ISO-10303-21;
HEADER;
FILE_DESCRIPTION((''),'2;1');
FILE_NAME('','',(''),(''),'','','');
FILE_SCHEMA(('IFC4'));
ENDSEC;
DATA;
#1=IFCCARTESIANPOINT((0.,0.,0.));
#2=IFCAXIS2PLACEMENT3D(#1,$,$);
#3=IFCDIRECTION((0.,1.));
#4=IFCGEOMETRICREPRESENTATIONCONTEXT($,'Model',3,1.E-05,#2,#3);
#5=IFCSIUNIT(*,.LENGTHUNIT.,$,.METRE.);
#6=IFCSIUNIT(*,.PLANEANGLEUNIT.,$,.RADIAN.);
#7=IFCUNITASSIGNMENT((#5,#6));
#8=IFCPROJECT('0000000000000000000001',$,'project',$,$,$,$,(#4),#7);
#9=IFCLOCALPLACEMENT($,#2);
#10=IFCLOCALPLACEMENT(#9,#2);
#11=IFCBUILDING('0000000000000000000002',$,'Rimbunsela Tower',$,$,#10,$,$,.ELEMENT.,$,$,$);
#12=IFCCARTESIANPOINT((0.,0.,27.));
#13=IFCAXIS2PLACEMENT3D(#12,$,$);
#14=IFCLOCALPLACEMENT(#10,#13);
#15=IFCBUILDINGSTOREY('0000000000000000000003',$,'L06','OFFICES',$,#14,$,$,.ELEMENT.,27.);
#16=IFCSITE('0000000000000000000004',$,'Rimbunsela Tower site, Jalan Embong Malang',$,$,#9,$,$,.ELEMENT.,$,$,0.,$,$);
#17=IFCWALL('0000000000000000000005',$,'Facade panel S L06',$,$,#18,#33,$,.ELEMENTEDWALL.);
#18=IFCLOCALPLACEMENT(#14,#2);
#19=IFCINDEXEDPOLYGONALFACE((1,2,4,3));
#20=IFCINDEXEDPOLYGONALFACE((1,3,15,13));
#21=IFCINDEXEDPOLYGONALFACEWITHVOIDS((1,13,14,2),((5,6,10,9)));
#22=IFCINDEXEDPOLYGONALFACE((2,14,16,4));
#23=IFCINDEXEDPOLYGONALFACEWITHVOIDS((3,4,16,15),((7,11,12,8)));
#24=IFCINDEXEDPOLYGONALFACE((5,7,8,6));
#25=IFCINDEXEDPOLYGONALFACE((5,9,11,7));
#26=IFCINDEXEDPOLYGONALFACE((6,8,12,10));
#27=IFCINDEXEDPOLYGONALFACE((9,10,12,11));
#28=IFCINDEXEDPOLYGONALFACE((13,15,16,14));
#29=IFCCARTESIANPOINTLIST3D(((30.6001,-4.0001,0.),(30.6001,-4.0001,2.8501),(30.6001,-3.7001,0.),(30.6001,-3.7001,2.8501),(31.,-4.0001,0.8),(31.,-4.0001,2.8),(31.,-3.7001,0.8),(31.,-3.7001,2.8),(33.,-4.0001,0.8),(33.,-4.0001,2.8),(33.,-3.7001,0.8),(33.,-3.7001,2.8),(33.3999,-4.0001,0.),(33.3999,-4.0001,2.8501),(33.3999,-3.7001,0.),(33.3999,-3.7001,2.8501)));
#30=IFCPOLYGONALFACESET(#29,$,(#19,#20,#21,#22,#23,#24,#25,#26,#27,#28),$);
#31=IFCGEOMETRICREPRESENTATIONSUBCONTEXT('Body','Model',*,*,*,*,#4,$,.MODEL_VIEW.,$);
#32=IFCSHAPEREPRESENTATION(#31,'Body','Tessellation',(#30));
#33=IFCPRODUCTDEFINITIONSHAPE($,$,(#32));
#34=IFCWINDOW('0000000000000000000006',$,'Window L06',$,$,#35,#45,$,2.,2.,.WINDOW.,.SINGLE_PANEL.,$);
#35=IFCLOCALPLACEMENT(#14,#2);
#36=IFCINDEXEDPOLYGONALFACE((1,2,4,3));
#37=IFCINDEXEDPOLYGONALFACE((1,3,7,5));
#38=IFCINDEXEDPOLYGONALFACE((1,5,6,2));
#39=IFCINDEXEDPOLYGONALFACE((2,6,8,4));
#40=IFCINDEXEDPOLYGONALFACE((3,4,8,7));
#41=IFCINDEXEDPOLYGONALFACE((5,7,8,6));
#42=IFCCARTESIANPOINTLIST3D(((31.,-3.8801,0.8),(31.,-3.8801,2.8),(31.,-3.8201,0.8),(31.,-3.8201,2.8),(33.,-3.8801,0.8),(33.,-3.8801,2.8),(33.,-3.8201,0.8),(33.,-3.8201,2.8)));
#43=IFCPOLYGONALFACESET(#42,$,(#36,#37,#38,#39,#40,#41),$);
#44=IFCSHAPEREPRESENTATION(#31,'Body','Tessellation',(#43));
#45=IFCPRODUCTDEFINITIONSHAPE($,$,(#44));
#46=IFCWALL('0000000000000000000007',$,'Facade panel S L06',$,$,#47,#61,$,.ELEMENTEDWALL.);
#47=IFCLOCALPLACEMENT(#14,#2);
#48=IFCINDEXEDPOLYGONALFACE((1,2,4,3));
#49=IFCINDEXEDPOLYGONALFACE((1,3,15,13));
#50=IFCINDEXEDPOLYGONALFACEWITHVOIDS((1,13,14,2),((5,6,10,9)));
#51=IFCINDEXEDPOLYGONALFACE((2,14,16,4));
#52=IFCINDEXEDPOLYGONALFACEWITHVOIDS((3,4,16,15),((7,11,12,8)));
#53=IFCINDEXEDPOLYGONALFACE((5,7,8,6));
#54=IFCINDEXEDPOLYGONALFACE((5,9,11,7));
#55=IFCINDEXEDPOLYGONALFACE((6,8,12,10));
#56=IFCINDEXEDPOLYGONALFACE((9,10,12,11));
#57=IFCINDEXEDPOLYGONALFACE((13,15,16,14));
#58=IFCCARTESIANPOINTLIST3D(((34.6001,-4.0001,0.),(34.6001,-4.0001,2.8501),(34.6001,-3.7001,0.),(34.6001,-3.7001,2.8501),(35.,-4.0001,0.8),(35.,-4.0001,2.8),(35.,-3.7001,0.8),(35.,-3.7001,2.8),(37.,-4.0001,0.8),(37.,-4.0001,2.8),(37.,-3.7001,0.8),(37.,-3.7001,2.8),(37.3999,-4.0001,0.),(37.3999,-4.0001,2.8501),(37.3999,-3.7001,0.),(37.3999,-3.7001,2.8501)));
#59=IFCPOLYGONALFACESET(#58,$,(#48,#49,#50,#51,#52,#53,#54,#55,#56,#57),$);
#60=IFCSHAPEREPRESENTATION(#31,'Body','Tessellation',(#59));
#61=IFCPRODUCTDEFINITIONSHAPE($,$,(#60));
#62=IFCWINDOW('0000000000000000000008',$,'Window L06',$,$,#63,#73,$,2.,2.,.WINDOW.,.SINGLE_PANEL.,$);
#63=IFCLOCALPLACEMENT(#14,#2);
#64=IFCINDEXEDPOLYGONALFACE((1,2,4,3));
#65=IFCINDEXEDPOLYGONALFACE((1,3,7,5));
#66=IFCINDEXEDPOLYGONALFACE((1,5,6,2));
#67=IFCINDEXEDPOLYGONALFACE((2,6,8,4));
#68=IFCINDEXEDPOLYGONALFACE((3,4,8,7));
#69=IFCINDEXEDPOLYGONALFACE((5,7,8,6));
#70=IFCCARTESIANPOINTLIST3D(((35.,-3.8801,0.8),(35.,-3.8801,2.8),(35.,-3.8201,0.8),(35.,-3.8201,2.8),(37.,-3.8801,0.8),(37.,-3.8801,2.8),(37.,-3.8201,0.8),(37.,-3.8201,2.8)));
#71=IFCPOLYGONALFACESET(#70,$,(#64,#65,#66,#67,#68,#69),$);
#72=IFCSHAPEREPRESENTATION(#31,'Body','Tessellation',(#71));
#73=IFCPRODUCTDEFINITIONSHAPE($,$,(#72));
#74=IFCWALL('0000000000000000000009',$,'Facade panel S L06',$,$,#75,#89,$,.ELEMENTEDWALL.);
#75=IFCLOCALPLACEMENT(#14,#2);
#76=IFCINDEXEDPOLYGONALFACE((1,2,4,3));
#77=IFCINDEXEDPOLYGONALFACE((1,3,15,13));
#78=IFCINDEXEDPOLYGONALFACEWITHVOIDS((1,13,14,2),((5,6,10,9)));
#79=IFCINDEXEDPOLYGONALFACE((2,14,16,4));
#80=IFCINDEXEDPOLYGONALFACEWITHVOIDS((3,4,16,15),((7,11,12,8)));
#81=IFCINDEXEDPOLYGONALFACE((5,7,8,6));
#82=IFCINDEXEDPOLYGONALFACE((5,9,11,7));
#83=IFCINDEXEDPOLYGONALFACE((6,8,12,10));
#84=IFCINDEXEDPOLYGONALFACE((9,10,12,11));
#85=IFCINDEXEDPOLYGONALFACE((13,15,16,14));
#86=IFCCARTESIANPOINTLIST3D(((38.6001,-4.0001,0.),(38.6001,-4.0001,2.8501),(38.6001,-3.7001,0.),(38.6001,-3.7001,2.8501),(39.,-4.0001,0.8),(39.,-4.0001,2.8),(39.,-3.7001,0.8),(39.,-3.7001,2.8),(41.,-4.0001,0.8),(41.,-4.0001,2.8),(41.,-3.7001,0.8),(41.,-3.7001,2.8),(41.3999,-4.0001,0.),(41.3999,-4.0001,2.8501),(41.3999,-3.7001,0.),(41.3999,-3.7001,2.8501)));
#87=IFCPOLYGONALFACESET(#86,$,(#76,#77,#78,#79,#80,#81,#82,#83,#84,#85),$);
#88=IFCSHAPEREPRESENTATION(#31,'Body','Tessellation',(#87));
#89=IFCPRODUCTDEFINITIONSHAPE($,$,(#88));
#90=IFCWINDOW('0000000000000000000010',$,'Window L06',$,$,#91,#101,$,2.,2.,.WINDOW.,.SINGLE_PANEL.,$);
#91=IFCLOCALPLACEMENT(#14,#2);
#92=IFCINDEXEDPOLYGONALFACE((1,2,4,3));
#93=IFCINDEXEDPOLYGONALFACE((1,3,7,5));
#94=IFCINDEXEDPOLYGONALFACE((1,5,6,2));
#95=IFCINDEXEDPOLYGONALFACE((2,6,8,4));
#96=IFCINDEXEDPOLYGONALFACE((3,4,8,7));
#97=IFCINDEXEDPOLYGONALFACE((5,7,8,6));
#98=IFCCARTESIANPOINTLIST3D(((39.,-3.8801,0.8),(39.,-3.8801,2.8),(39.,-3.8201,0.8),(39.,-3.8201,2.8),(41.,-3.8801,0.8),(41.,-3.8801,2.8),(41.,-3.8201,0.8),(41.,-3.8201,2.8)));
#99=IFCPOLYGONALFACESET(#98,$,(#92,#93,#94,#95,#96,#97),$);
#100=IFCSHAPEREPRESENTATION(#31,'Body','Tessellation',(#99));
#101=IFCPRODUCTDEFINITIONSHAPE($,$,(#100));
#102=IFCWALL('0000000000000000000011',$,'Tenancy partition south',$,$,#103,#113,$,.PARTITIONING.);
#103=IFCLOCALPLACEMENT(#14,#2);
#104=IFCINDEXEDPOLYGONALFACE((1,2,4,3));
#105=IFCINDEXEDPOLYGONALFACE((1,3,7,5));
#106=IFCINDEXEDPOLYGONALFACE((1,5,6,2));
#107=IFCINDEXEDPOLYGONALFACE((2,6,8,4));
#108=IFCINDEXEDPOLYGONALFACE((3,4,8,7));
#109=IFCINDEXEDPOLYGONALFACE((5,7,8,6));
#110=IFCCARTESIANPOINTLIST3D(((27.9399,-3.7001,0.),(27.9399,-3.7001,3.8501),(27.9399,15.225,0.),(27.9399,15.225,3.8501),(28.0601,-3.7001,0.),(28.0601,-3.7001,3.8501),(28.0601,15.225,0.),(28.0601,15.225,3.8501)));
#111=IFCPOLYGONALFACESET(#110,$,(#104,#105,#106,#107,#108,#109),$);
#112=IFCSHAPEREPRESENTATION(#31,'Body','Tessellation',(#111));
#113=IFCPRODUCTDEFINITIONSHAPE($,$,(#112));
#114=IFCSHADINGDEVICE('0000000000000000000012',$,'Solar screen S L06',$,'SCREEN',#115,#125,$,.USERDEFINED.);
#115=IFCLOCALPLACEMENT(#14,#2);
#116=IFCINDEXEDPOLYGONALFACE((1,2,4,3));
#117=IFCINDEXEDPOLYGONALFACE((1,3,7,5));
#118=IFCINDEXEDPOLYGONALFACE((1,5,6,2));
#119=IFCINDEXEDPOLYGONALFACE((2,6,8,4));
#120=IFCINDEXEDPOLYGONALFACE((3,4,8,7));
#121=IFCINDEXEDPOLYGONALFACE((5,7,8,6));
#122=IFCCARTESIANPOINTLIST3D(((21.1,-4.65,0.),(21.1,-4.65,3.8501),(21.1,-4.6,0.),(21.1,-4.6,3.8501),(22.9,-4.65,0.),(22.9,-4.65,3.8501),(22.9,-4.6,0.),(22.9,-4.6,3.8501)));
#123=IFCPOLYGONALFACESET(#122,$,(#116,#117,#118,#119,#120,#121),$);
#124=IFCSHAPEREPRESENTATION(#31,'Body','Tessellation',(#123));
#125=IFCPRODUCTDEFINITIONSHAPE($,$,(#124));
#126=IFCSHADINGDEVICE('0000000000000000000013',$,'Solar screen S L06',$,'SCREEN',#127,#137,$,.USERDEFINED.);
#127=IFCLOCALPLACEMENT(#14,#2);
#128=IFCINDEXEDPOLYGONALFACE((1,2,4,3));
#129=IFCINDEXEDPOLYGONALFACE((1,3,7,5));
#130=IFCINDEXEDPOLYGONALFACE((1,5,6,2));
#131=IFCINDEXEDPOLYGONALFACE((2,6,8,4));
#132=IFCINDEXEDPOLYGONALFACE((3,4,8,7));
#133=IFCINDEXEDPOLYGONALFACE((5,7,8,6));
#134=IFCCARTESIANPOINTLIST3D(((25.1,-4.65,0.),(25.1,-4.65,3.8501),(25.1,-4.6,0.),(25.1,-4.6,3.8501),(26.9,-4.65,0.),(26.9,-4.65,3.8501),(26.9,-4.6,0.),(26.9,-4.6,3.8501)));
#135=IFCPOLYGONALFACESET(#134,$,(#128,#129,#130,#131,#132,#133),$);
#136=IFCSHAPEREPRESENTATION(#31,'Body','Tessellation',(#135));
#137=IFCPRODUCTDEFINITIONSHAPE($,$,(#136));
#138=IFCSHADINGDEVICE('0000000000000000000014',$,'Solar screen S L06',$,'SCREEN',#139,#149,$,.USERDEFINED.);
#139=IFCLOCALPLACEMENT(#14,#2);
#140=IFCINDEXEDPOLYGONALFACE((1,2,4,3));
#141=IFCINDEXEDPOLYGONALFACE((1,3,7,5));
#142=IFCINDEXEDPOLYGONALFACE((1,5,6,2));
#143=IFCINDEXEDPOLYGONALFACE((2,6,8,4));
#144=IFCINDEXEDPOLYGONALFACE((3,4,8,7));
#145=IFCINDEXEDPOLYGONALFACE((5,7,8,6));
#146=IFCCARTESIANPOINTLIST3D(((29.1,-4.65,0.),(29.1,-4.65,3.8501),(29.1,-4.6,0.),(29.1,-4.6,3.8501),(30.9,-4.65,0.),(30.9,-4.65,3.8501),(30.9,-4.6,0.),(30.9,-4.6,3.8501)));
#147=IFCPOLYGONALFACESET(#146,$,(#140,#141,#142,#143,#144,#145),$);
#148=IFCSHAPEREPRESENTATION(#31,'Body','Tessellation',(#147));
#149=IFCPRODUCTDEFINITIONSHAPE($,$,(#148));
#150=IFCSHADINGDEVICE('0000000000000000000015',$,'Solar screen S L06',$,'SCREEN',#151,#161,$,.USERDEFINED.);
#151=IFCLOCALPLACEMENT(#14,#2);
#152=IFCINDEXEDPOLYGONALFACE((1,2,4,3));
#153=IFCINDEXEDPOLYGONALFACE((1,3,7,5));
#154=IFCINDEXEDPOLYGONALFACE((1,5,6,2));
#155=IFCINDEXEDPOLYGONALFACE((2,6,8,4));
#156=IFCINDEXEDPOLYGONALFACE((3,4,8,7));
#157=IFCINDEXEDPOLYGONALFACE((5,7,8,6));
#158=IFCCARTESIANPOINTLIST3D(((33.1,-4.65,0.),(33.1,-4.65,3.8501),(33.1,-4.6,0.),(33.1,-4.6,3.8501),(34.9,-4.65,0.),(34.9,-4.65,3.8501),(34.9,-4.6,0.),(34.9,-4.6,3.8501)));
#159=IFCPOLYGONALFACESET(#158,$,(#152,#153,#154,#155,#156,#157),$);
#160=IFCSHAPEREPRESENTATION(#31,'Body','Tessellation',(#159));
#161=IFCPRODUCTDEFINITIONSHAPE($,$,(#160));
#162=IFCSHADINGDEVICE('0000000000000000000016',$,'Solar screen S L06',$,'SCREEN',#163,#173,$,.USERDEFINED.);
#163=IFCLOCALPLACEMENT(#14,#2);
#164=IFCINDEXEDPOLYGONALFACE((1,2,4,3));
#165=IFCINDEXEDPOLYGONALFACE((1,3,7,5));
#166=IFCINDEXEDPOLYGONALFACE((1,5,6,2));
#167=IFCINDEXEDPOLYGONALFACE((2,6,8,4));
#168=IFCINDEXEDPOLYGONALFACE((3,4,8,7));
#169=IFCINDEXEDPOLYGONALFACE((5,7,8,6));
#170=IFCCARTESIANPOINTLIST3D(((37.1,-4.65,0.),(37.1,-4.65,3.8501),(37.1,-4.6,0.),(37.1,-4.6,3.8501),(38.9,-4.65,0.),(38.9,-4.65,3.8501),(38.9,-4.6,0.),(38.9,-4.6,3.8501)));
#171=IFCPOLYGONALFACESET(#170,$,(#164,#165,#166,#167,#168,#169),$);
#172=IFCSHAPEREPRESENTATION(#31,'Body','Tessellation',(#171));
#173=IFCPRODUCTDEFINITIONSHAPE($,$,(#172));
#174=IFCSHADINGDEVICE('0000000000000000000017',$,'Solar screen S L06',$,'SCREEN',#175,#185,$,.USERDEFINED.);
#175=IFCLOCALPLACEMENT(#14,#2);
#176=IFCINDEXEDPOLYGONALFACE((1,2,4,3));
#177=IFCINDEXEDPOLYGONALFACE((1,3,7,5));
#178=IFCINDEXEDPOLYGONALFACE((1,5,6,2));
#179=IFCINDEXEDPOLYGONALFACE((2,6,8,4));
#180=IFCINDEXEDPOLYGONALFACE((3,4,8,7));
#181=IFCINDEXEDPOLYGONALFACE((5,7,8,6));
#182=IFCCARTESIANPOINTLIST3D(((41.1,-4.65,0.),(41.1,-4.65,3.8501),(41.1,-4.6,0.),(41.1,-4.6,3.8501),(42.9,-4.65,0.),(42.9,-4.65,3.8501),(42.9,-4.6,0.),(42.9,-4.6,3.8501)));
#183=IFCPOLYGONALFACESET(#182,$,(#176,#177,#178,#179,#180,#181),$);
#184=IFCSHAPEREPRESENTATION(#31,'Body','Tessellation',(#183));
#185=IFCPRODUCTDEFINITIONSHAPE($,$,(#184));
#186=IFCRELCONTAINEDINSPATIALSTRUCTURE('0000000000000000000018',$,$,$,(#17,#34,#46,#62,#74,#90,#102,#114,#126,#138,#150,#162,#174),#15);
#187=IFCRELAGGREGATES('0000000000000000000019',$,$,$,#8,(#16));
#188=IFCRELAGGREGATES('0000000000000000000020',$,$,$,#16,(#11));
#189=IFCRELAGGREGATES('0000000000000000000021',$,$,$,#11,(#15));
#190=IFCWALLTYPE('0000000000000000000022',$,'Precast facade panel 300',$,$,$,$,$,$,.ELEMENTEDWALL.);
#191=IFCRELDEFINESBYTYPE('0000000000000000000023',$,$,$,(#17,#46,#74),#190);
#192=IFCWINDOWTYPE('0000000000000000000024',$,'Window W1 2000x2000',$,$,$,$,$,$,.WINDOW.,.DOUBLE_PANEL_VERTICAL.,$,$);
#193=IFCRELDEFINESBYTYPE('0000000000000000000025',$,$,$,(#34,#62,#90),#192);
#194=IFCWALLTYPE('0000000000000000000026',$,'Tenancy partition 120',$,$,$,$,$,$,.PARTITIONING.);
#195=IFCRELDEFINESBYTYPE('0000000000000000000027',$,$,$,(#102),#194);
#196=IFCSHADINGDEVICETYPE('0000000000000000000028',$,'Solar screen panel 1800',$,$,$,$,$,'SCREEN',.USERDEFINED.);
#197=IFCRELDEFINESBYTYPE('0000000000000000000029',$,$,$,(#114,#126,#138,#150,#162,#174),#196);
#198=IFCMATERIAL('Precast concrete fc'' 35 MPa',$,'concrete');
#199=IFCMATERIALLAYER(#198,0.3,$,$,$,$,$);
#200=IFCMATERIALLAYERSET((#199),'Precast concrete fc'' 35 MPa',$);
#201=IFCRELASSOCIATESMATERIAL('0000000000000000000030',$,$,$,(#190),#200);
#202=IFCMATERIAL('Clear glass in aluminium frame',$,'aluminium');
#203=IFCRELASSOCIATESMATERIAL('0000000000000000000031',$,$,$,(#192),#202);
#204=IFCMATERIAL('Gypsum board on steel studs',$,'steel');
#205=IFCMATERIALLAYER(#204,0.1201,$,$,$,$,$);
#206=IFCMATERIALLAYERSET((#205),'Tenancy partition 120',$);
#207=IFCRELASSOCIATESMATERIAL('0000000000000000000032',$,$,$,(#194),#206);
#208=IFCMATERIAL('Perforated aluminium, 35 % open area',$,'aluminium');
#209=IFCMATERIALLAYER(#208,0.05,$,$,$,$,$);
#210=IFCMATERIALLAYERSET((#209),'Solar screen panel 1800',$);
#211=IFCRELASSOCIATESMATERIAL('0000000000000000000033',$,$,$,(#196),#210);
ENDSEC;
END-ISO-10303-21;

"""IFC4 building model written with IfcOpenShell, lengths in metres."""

from ifc_helpers import new_model, si_unit, direction, frame, frame_2d, origin, origin_2d, place, context, subcontext, project, spatial, rectangle, extrude, material, layer, layer_set, type_object, element, fill, save


model = new_model("IFC4")

# Units and contexts
model_context = context("Model", 3, precision=1e-05, world=origin(), true_north=direction((0.0, 1.0)))
body_context = subcontext(model_context, "Body", "Model", "MODEL_VIEW")
ifc_project = project(units=[si_unit("LENGTHUNIT", "METRE"), si_unit("PLANEANGLEUNIT", "RADIAN")], contexts=[model_context])

# Site, building, storey
site_placement = place(None, origin())
site = spatial("IfcSite", under=ifc_project, at=site_placement, Name="Rimbunsela Tower site, Jalan Embong Malang", CompositionType="ELEMENT", RefElevation=0.0)
building_placement = place(site_placement, origin())
building = spatial("IfcBuilding", under=site, at=building_placement, Name="Rimbunsela Tower", CompositionType="ELEMENT")
storey_placement = place(building_placement, frame((0.0, 0.0, 27.0)))
storey = spatial("IfcBuildingStorey", under=building, at=storey_placement, Name="L06", Description="OFFICES", CompositionType="ELEMENT", Elevation=27.0)

# Shared definitions
ifc_material_1 = material(Name="Precast concrete fc' 35 MPa", Category="concrete")
ifc_layer_1 = layer(ifc_material_1, 0.3)
ifc_layer_set_1 = layer_set([ifc_layer_1], Name="Precast concrete fc' 35 MPa")
wall_type_1 = type_object("IfcWallType", Name="Precast facade panel 300", PredefinedType="ELEMENTEDWALL", material=ifc_layer_set_1)
ifc_material_2 = material(Name="Clear glass in aluminium frame", Category="aluminium")
window_type_1 = type_object("IfcWindowType", Name="Window W1 2000x2000", PartitioningType="DOUBLE_PANEL_VERTICAL", PredefinedType="WINDOW", material=ifc_material_2)

# Walls, openings, windows
wall_1_placement = place(storey_placement, frame((30.6001, -3.8501, 0.0), z_axis=(0.0, 0.0, 1.0), x_axis=(1.0, 0.0, 0.0)))
wall_1 = element("IfcWall", 1, at=wall_1_placement, inside=storey, type_object=wall_type_1, Name="Facade panel S L06", PredefinedType="ELEMENTEDWALL", context=body_context, shape_type="SweptSolid", body=[
    extrude(rectangle(XDim=2.7998, YDim=0.3, at=frame_2d((1.3999, 0.0))), origin(), (0.0, 0.0, 1.0), 2.8501),
])
opening_1_placement = place(wall_1_placement, frame((0.3999, 0.0, 0.8)))
opening_1 = element("IfcOpeningElement", 2, at=opening_1_placement, cuts=wall_1, PredefinedType="OPENING", context=body_context, shape_type="SweptSolid", body=[
    extrude(rectangle(XDim=2.0, YDim=2.0, at=frame_2d((1.0, 1.0))), frame((0.0, 0.1599, 0.0), z_axis=(0.0, -1.0, 0.0), x_axis=(1.0, 0.0, 0.0)), (0.0, 0.0, 1.0), 0.3201),
])
window_1_placement = place(opening_1_placement, origin())
window_1 = element("IfcWindow", 3, at=window_1_placement, inside=storey, type_object=window_type_1, Name="Window L06", OverallHeight=2.0, OverallWidth=2.0, PartitioningType="SINGLE_PANEL", PredefinedType="WINDOW", context=body_context, shape_type="SweptSolid", body=[
    extrude(rectangle(XDim=2.0, YDim=2.0, at=frame_2d((1.0, 1.0))), frame((0.0, 0.03, 0.0), z_axis=(0.0, -1.0, 0.0), x_axis=(1.0, 0.0, 0.0)), (0.0, 0.0, 1.0), 0.0601),
])
fill(opening_1, window_1)
wall_2_placement = place(storey_placement, frame((34.6001, -3.8501, 0.0), z_axis=(0.0, 0.0, 1.0), x_axis=(1.0, 0.0, 0.0)))
wall_2 = element("IfcWall", 4, at=wall_2_placement, inside=storey, type_object=wall_type_1, Name="Facade panel S L06", PredefinedType="ELEMENTEDWALL", context=body_context, shape_type="SweptSolid", body=[
    extrude(rectangle(XDim=2.7998, YDim=0.3, at=frame_2d((1.3999, 0.0))), origin(), (0.0, 0.0, 1.0), 2.8501),
])
opening_2_placement = place(wall_2_placement, frame((0.3999, 0.0, 0.8)))
opening_2 = element("IfcOpeningElement", 5, at=opening_2_placement, cuts=wall_2, PredefinedType="OPENING", context=body_context, shape_type="SweptSolid", body=[
    extrude(rectangle(XDim=2.0, YDim=2.0, at=frame_2d((1.0, 1.0))), frame((0.0, 0.1599, 0.0), z_axis=(0.0, -1.0, 0.0), x_axis=(1.0, 0.0, 0.0)), (0.0, 0.0, 1.0), 0.3201),
])
window_2_placement = place(opening_2_placement, origin())
window_2 = element("IfcWindow", 6, at=window_2_placement, inside=storey, type_object=window_type_1, Name="Window L06", OverallHeight=2.0, OverallWidth=2.0, PartitioningType="SINGLE_PANEL", PredefinedType="WINDOW", context=body_context, shape_type="SweptSolid", body=[
    extrude(rectangle(XDim=2.0, YDim=2.0, at=frame_2d((1.0, 1.0))), frame((0.0, 0.03, 0.0), z_axis=(0.0, -1.0, 0.0), x_axis=(1.0, 0.0, 0.0)), (0.0, 0.0, 1.0), 0.0601),
])
fill(opening_2, window_2)
wall_3_placement = place(storey_placement, frame((38.6001, -3.8501, 0.0), z_axis=(0.0, 0.0, 1.0), x_axis=(1.0, 0.0, 0.0)))
wall_3 = element("IfcWall", 7, at=wall_3_placement, inside=storey, type_object=wall_type_1, Name="Facade panel S L06", PredefinedType="ELEMENTEDWALL", context=body_context, shape_type="SweptSolid", body=[
    extrude(rectangle(XDim=2.7998, YDim=0.3, at=frame_2d((1.3999, 0.0))), origin(), (0.0, 0.0, 1.0), 2.8501),
])
opening_3_placement = place(wall_3_placement, frame((0.3999, 0.0, 0.8)))
opening_3 = element("IfcOpeningElement", 8, at=opening_3_placement, cuts=wall_3, PredefinedType="OPENING", context=body_context, shape_type="SweptSolid", body=[
    extrude(rectangle(XDim=2.0, YDim=2.0, at=frame_2d((1.0, 1.0))), frame((0.0, 0.1599, 0.0), z_axis=(0.0, -1.0, 0.0), x_axis=(1.0, 0.0, 0.0)), (0.0, 0.0, 1.0), 0.3201),
])
window_3_placement = place(opening_3_placement, origin())
window_3 = element("IfcWindow", 9, at=window_3_placement, inside=storey, type_object=window_type_1, Name="Window L06", OverallHeight=2.0, OverallWidth=2.0, PartitioningType="SINGLE_PANEL", PredefinedType="WINDOW", context=body_context, shape_type="SweptSolid", body=[
    extrude(rectangle(XDim=2.0, YDim=2.0, at=frame_2d((1.0, 1.0))), frame((0.0, 0.03, 0.0), z_axis=(0.0, -1.0, 0.0), x_axis=(1.0, 0.0, 0.0)), (0.0, 0.0, 1.0), 0.0601),
])
fill(opening_3, window_3)

# Wall
ifc_material_3 = material(Name="Gypsum board on steel studs", Category="steel")
ifc_layer_2 = layer(ifc_material_3, 0.1201)
ifc_layer_set_2 = layer_set([ifc_layer_2], Name="Tenancy partition 120")
wall_type_2 = type_object("IfcWallType", Name="Tenancy partition 120", PredefinedType="PARTITIONING", material=ifc_layer_set_2)
wall_4_placement = place(storey_placement, frame((28.0, -3.7, 0.0), z_axis=(0.0, 0.0, 1.0), x_axis=(0.0, 1.0, 0.0)))
element("IfcWall", 10, at=wall_4_placement, inside=storey, type_object=wall_type_2, Name="Tenancy partition south", PredefinedType="PARTITIONING", context=body_context, shape_type="SweptSolid", body=[
    extrude(rectangle(XDim=18.925, YDim=0.1201, at=frame_2d((9.4624, 0.0))), origin(), (0.0, 0.0, 1.0), 3.8501),
])

# Shading devices
ifc_material_4 = material(Name="Perforated aluminium, 35 % open area", Category="aluminium")
ifc_layer_3 = layer(ifc_material_4, 0.05)
ifc_layer_set_3 = layer_set([ifc_layer_3], Name="Solar screen panel 1800")
shading_device_type = type_object("IfcShadingDeviceType", Name="Solar screen panel 1800", ElementType="SCREEN", PredefinedType="USERDEFINED", material=ifc_layer_set_3)
for number, where, z_axis, x_axis, name in (
    (11, (22.0, -4.625, 0.0), (0.0, 0.0, 1.0), (1.0, 0.0, 0.0), "Solar screen S L06"),
    (12, (26.0, -4.625, 0.0), (0.0, 0.0, 1.0), (1.0, 0.0, 0.0), "Solar screen S L06"),
    (13, (30.0, -4.625, 0.0), (0.0, 0.0, 1.0), (1.0, 0.0, 0.0), "Solar screen S L06"),
    (14, (34.0, -4.625, 0.0), (0.0, 0.0, 1.0), (1.0, 0.0, 0.0), "Solar screen S L06"),
    (15, (38.0, -4.625, 0.0), (0.0, 0.0, 1.0), (1.0, 0.0, 0.0), "Solar screen S L06"),
    (16, (42.0, -4.625, 0.0), (0.0, 0.0, 1.0), (1.0, 0.0, 0.0), "Solar screen S L06"),
):
    element("IfcShadingDevice", number, at=place(storey_placement, frame(where, z_axis=z_axis, x_axis=x_axis)), inside=storey, type_object=shading_device_type, Name=name, ObjectType="SCREEN", PredefinedType="USERDEFINED", context=body_context, shape_type="SweptSolid", body=[
        extrude(rectangle(XDim=1.8, YDim=0.05, at=origin_2d()), origin(), (0.0, 0.0, 1.0), 3.8501),
    ])

save(model, "model.ifc")
